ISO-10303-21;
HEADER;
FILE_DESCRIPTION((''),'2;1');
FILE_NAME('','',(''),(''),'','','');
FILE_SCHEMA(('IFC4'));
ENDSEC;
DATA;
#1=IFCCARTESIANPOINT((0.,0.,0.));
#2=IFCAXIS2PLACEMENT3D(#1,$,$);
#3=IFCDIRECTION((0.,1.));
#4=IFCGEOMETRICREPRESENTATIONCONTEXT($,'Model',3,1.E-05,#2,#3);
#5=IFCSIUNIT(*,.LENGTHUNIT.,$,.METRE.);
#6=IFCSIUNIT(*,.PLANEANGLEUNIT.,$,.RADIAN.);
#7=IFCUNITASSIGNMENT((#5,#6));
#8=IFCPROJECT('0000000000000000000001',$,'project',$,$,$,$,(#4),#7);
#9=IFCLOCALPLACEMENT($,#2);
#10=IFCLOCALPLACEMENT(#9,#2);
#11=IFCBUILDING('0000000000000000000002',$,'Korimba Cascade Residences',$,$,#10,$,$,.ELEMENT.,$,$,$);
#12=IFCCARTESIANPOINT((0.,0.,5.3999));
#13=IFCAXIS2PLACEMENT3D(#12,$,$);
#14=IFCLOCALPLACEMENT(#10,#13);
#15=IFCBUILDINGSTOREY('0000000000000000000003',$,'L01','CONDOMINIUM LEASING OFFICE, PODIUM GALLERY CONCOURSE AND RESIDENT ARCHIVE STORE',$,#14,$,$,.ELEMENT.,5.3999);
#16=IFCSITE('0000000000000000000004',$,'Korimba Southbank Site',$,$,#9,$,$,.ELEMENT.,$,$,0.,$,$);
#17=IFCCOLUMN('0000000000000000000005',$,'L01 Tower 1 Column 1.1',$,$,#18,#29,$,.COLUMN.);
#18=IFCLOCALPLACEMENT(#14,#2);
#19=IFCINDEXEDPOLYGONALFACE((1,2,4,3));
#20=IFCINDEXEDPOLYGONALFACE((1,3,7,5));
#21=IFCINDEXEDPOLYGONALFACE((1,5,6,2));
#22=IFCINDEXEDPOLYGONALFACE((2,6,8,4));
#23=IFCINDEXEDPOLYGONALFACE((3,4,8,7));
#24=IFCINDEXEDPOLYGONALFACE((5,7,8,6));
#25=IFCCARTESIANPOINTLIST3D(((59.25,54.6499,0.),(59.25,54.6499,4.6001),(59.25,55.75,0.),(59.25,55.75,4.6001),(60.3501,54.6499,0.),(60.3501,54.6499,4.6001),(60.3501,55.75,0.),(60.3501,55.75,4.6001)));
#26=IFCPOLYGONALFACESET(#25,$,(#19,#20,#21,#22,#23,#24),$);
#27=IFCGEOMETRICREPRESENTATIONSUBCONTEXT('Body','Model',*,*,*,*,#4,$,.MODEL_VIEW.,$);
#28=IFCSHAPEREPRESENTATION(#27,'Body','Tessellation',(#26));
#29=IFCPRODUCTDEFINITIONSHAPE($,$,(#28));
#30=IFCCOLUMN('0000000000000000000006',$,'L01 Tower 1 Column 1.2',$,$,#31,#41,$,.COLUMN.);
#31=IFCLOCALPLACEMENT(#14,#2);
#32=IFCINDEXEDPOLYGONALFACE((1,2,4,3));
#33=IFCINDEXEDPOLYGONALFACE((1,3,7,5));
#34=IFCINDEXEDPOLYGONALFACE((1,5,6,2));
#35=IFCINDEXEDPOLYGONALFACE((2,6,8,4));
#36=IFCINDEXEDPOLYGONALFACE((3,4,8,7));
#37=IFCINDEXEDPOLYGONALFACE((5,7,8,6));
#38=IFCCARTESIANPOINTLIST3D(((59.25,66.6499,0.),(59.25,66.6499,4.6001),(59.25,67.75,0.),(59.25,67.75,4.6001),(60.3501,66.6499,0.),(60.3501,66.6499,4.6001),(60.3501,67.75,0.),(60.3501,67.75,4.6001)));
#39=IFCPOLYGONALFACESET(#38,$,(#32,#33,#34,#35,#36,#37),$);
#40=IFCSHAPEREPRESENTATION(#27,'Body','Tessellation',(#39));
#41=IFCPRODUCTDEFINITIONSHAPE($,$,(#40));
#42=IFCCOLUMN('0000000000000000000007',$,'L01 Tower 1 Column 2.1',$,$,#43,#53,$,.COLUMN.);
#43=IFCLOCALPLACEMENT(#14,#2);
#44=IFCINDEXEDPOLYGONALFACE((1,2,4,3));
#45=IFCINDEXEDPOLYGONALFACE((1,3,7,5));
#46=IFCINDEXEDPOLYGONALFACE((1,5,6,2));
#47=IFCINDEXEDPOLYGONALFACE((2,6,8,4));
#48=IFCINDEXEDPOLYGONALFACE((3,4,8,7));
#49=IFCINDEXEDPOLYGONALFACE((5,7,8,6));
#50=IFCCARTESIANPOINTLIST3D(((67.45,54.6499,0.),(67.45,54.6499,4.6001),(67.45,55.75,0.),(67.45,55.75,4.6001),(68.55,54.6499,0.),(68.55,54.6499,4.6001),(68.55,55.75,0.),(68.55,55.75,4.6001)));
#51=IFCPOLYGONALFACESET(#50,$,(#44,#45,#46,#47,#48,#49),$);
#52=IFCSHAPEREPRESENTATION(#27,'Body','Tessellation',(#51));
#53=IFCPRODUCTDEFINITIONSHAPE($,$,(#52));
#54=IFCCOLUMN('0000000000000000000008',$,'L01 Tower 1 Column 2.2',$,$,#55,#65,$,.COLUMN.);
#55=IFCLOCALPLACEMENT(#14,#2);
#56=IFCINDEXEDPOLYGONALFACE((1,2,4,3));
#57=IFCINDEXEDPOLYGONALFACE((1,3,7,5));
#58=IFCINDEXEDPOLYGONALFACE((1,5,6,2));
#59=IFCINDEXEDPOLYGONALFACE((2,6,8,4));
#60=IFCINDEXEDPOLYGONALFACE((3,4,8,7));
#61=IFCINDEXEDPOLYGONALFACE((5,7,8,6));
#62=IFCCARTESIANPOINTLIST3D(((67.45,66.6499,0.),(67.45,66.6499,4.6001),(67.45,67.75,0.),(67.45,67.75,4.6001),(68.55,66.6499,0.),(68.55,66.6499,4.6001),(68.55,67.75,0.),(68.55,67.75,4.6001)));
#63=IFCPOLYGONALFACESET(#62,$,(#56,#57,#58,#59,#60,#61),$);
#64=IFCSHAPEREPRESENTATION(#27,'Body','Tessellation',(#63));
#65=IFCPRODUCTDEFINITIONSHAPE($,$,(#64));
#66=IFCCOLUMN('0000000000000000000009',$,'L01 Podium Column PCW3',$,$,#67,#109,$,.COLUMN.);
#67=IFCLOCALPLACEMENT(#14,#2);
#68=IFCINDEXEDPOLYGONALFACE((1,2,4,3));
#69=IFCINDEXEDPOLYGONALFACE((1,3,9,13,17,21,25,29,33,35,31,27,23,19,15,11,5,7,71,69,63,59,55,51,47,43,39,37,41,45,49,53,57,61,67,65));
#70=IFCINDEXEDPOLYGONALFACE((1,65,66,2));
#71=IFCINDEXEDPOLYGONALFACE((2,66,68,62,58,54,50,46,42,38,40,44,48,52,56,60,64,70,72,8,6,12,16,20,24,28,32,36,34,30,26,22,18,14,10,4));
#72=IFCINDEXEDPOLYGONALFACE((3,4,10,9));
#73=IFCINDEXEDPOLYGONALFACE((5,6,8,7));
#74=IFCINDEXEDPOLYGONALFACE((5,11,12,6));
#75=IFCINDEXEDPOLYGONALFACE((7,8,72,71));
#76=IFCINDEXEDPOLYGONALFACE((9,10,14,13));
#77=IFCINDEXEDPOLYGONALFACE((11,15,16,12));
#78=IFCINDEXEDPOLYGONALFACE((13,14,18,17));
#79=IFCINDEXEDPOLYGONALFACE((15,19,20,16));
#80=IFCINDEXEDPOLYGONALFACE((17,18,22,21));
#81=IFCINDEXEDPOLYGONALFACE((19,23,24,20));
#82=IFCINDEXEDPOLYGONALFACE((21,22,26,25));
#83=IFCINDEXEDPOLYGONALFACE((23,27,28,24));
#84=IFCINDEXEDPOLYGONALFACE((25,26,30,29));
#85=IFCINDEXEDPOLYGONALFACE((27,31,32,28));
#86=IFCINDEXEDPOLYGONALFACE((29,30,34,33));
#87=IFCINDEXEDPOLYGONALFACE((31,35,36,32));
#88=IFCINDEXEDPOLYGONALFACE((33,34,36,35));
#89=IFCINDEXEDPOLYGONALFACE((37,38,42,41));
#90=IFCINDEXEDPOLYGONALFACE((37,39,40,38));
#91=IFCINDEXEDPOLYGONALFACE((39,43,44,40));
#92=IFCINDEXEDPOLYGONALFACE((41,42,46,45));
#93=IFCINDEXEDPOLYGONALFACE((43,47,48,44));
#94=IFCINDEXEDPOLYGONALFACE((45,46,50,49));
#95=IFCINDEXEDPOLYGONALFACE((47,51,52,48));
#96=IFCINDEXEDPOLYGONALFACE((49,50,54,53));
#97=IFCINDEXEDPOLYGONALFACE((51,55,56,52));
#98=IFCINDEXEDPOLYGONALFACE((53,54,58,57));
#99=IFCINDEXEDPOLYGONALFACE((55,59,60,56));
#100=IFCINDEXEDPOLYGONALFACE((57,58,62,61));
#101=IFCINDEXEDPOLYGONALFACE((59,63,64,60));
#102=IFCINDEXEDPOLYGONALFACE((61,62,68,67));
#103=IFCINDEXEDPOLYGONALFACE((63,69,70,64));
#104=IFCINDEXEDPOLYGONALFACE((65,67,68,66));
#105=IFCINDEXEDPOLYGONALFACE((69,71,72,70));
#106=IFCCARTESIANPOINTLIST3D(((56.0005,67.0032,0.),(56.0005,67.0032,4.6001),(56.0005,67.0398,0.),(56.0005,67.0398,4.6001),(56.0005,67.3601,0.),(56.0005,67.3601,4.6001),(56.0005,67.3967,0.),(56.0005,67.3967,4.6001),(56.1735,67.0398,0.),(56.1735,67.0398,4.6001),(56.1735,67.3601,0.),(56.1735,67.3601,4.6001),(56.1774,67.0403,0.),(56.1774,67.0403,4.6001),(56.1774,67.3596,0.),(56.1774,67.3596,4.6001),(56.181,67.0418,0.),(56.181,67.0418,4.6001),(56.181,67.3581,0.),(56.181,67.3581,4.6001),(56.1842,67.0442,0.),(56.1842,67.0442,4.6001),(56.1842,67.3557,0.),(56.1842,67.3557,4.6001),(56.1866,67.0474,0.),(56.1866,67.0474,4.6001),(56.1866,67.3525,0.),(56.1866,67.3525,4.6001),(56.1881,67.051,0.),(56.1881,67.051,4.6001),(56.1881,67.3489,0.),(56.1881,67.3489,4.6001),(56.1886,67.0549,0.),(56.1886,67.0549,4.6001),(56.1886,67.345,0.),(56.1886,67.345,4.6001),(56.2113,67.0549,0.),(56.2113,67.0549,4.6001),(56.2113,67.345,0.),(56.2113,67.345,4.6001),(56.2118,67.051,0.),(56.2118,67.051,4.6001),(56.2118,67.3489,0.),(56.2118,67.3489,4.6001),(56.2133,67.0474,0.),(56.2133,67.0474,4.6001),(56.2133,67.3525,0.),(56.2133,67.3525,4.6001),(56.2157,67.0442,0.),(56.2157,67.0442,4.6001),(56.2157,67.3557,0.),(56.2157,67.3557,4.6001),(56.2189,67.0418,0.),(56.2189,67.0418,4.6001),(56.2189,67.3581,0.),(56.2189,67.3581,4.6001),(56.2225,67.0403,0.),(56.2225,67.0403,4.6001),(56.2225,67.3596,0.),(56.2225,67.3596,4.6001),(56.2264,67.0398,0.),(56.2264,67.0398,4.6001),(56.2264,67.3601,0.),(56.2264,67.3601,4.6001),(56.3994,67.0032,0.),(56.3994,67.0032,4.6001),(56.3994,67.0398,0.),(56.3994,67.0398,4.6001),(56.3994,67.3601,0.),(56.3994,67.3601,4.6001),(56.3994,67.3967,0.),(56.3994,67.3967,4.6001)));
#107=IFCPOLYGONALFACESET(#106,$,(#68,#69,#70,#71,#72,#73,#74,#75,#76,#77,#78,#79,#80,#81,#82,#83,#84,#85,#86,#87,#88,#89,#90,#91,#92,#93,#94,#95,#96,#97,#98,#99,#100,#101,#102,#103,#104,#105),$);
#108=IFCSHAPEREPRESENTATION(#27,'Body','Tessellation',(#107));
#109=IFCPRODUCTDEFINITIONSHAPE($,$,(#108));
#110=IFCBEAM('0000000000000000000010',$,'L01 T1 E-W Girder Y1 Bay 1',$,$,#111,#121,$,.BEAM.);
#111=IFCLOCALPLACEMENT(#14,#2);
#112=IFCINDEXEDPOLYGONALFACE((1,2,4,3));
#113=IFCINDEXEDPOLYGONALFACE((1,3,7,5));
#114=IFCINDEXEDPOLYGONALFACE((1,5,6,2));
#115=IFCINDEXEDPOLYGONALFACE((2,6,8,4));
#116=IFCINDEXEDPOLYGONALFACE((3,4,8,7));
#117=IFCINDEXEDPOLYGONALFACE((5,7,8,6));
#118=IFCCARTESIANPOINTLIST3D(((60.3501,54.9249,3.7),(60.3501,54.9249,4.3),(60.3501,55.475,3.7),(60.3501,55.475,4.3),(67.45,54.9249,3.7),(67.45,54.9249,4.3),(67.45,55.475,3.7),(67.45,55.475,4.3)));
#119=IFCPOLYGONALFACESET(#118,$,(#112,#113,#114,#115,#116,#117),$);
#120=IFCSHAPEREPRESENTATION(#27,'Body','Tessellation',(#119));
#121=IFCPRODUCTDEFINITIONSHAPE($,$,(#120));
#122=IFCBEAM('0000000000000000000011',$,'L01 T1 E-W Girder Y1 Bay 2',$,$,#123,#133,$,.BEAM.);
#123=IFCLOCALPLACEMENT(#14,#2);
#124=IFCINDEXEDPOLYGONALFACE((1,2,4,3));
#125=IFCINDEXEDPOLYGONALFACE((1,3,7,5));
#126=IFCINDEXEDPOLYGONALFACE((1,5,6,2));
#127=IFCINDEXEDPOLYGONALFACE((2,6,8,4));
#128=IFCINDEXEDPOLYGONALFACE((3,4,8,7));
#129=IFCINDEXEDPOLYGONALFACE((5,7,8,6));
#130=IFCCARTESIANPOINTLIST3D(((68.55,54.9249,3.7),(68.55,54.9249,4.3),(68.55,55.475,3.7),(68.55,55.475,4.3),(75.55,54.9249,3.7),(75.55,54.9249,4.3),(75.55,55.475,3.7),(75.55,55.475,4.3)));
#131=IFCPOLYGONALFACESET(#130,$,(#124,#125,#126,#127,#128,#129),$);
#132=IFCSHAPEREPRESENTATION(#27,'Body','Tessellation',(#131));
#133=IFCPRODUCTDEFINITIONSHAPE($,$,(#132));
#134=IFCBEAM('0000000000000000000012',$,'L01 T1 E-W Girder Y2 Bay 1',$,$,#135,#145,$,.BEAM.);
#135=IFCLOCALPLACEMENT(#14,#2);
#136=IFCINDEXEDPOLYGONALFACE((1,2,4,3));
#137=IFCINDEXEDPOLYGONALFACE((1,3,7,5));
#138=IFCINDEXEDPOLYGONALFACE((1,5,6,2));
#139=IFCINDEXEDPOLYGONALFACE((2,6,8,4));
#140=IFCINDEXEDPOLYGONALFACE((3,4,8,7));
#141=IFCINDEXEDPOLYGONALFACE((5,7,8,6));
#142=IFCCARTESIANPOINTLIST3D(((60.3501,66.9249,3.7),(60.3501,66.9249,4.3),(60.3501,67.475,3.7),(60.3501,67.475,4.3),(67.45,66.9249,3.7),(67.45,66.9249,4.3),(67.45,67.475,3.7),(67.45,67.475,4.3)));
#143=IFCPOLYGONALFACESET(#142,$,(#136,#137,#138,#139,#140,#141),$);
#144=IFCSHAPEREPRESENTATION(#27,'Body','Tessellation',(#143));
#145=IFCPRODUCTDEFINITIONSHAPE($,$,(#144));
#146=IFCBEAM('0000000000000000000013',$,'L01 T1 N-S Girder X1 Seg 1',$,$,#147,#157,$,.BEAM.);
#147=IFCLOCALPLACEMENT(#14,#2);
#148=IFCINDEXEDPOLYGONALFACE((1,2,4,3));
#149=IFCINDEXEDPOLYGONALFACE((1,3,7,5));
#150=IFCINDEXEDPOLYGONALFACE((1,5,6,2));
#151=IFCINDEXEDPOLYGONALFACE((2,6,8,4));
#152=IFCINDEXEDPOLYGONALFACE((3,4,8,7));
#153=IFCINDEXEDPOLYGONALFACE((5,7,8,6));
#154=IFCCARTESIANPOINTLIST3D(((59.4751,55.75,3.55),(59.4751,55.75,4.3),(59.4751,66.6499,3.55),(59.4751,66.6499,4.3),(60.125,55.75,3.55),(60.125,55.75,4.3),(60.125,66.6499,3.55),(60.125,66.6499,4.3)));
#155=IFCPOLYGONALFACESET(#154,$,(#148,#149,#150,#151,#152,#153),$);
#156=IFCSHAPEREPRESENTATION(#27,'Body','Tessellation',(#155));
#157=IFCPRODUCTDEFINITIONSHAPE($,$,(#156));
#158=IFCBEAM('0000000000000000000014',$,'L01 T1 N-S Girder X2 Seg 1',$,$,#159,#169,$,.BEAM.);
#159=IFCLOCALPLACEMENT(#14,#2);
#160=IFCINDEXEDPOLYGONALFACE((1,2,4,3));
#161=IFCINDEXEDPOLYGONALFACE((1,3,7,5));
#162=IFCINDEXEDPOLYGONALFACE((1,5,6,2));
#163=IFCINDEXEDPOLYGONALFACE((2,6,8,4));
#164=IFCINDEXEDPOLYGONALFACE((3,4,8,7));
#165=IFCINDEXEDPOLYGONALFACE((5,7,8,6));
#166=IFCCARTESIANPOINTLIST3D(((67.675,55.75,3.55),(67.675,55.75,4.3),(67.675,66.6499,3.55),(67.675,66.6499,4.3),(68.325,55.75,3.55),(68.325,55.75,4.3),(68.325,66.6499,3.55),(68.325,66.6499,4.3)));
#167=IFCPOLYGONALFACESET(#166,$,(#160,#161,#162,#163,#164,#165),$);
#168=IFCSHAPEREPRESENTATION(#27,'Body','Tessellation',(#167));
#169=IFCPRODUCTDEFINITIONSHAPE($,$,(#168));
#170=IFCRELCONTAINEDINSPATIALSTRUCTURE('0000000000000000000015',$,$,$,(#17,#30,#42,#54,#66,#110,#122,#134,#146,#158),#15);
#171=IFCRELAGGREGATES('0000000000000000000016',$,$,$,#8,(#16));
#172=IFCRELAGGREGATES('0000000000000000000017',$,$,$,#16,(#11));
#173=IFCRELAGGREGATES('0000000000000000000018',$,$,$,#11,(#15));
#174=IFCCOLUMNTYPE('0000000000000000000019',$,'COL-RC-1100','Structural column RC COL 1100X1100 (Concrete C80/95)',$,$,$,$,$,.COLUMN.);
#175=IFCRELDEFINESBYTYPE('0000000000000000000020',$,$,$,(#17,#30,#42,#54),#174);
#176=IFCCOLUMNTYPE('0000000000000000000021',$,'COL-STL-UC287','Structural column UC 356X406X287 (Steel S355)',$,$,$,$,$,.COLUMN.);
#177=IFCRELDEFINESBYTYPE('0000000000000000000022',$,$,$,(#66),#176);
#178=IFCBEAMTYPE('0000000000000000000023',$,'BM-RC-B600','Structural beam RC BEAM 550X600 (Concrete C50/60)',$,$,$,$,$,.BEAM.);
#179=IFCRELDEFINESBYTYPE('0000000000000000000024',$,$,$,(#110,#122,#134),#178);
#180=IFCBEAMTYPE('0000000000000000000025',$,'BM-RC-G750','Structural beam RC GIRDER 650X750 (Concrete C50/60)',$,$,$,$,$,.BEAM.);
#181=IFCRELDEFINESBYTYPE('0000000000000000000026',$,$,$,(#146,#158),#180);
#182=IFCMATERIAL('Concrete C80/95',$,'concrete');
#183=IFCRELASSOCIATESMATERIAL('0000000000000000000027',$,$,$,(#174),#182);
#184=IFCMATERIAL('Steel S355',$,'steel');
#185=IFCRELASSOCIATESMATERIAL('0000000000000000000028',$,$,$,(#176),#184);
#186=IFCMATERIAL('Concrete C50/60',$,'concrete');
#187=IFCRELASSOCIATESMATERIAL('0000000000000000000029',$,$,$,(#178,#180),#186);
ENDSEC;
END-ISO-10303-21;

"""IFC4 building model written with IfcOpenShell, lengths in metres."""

from ifc_helpers import new_model, si_unit, direction, frame, origin, origin_2d, place, context, subcontext, project, spatial, rectangle, i_section, extrude, material, material_profile, profile_set, type_object, element, save


model = new_model("IFC4")

# Units and contexts
model_context = context("Model", 3, precision=1e-05, world=origin(), true_north=direction((0.0, 1.0)))
body_context = subcontext(model_context, "Body", "Model", "MODEL_VIEW")
ifc_project = project(units=[si_unit("LENGTHUNIT", "METRE"), si_unit("PLANEANGLEUNIT", "RADIAN")], contexts=[model_context])

# Site, building, storey
site_placement = place(None, origin())
site = spatial("IfcSite", under=ifc_project, at=site_placement, Name="Korimba Southbank Site", CompositionType="ELEMENT", RefElevation=0.0)
building_placement = place(site_placement, origin())
building = spatial("IfcBuilding", under=site, at=building_placement, Name="Korimba Cascade Residences", CompositionType="ELEMENT")
storey_placement = place(building_placement, frame((0.0, 0.0, 5.3999)))
storey = spatial("IfcBuildingStorey", under=building, at=storey_placement, Name="L01", Description="CONDOMINIUM LEASING OFFICE, PODIUM GALLERY CONCOURSE AND RESIDENT ARCHIVE STORE", CompositionType="ELEMENT", Elevation=5.3999)

# Columns
ifc_material_1 = material(Name="Concrete C80/95", Category="concrete")
ifc_material_profile_1 = material_profile(ifc_material_1, rectangle(XDim=1.1001, YDim=1.1001, at=origin_2d()), Name="Concrete C80/95")
ifc_profile_set_1 = profile_set([ifc_material_profile_1], Name="Concrete C80/95")
column_type_1 = type_object("IfcColumnType", Name="COL-RC-1100", Description="Structural column RC COL 1100X1100 (Concrete C80/95)", PredefinedType="COLUMN", material=ifc_profile_set_1)
for number, where, z_axis, x_axis, name in (
    (1, (59.8, 55.2, 0.0), (0.0, 0.0, 1.0), (1.0, 0.0, 0.0), "L01 Tower 1 Column 1.1"),
    (2, (59.8, 67.2, 0.0), (0.0, 0.0, 1.0), (1.0, 0.0, 0.0), "L01 Tower 1 Column 1.2"),
    (3, (68.0, 55.2, 0.0), (0.0, 0.0, 1.0), (1.0, 0.0, 0.0), "L01 Tower 1 Column 2.1"),
    (4, (68.0, 67.2, 0.0), (0.0, 0.0, 1.0), (1.0, 0.0, 0.0), "L01 Tower 1 Column 2.2"),
):
    element("IfcColumn", number, at=place(storey_placement, frame(where, z_axis=z_axis, x_axis=x_axis)), inside=storey, type_object=column_type_1, Name=name, PredefinedType="COLUMN", context=body_context, shape_type="SweptSolid", body=[
        extrude(rectangle(XDim=1.1001, YDim=1.1001, at=origin_2d()), origin(), (0.0, 0.0, 1.0), 4.6001),
    ])
ifc_material_2 = material(Name="Steel S355", Category="steel")
ifc_material_profile_2 = material_profile(ifc_material_2, i_section(OverallWidth=0.3989, OverallDepth=0.3936, WebThickness=0.0227, FlangeThickness=0.0366, FilletRadius=0.0151, at=origin_2d()), Name="Steel S355")
ifc_profile_set_2 = profile_set([ifc_material_profile_2], Name="Steel S355")
column_type_2 = type_object("IfcColumnType", Name="COL-STL-UC287", Description="Structural column UC 356X406X287 (Steel S355)", PredefinedType="COLUMN", material=ifc_profile_set_2)
column_placement = place(storey_placement, frame((56.2, 67.2, 0.0), z_axis=(0.0, 0.0, 1.0), x_axis=(1.0, 0.0, 0.0)))
element("IfcColumn", 5, at=column_placement, inside=storey, type_object=column_type_2, Name="L01 Podium Column PCW3", PredefinedType="COLUMN", context=body_context, shape_type="SweptSolid", body=[
    extrude(i_section(OverallWidth=0.3989, OverallDepth=0.3936, WebThickness=0.0227, FlangeThickness=0.0366, FilletRadius=0.0151, at=origin_2d()), origin(), (0.0, 0.0, 1.0), 4.6001),
])

# Beams
ifc_material_3 = material(Name="Concrete C50/60", Category="concrete")
ifc_material_profile_3 = material_profile(ifc_material_3, rectangle(XDim=0.55, YDim=0.6001, at=origin_2d()), Name="Concrete C50/60")
ifc_profile_set_3 = profile_set([ifc_material_profile_3], Name="Concrete C50/60")
beam_type_1 = type_object("IfcBeamType", Name="BM-RC-B600", Description="Structural beam RC BEAM 550X600 (Concrete C50/60)", PredefinedType="BEAM", material=ifc_profile_set_3)
beam_1_placement = place(storey_placement, frame((60.3501, 55.2, 4.0), z_axis=(1.0, 0.0, 0.0), x_axis=(0.0, 1.0, 0.0)))
element("IfcBeam", 6, at=beam_1_placement, inside=storey, type_object=beam_type_1, Name="L01 T1 E-W Girder Y1 Bay 1", PredefinedType="BEAM", context=body_context, shape_type="SweptSolid", body=[
    extrude(rectangle(XDim=0.55, YDim=0.6001, at=origin_2d()), origin(), (0.0, 0.0, 1.0), 7.0999),
])
beam_2_placement = place(storey_placement, frame((68.55, 55.2, 4.0), z_axis=(1.0, 0.0, 0.0), x_axis=(0.0, 1.0, 0.0)))
element("IfcBeam", 7, at=beam_2_placement, inside=storey, type_object=beam_type_1, Name="L01 T1 E-W Girder Y1 Bay 2", PredefinedType="BEAM", context=body_context, shape_type="SweptSolid", body=[
    extrude(rectangle(XDim=0.55, YDim=0.6001, at=origin_2d()), origin(), (0.0, 0.0, 1.0), 7.0),
])
beam_3_placement = place(storey_placement, frame((60.3501, 67.2, 4.0), z_axis=(1.0, 0.0, 0.0), x_axis=(0.0, 1.0, 0.0)))
element("IfcBeam", 8, at=beam_3_placement, inside=storey, type_object=beam_type_1, Name="L01 T1 E-W Girder Y2 Bay 1", PredefinedType="BEAM", context=body_context, shape_type="SweptSolid", body=[
    extrude(rectangle(XDim=0.55, YDim=0.6001, at=origin_2d()), origin(), (0.0, 0.0, 1.0), 7.0999),
])
ifc_material_profile_4 = material_profile(ifc_material_3, rectangle(XDim=0.6499, YDim=0.75, at=origin_2d()), Name="Concrete C50/60")
ifc_profile_set_4 = profile_set([ifc_material_profile_4], Name="Concrete C50/60")
beam_type_2 = type_object("IfcBeamType", Name="BM-RC-G750", Description="Structural beam RC GIRDER 650X750 (Concrete C50/60)", PredefinedType="BEAM", material=ifc_profile_set_4)
for number, where, z_axis, x_axis, name in (
    (9, (59.8, 55.75, 3.925), (0.0, 1.0, 0.0), (-1.0, 0.0, 0.0), "L01 T1 N-S Girder X1 Seg 1"),
    (10, (68.0, 55.75, 3.925), (0.0, 1.0, 0.0), (-1.0, 0.0, 0.0), "L01 T1 N-S Girder X2 Seg 1"),
):
    element("IfcBeam", number, at=place(storey_placement, frame(where, z_axis=z_axis, x_axis=x_axis)), inside=storey, type_object=beam_type_2, Name=name, PredefinedType="BEAM", context=body_context, shape_type="SweptSolid", body=[
        extrude(rectangle(XDim=0.6499, YDim=0.75, at=origin_2d()), origin(), (0.0, 0.0, 1.0), 10.8999),
    ])

save(model, "model.ifc")
